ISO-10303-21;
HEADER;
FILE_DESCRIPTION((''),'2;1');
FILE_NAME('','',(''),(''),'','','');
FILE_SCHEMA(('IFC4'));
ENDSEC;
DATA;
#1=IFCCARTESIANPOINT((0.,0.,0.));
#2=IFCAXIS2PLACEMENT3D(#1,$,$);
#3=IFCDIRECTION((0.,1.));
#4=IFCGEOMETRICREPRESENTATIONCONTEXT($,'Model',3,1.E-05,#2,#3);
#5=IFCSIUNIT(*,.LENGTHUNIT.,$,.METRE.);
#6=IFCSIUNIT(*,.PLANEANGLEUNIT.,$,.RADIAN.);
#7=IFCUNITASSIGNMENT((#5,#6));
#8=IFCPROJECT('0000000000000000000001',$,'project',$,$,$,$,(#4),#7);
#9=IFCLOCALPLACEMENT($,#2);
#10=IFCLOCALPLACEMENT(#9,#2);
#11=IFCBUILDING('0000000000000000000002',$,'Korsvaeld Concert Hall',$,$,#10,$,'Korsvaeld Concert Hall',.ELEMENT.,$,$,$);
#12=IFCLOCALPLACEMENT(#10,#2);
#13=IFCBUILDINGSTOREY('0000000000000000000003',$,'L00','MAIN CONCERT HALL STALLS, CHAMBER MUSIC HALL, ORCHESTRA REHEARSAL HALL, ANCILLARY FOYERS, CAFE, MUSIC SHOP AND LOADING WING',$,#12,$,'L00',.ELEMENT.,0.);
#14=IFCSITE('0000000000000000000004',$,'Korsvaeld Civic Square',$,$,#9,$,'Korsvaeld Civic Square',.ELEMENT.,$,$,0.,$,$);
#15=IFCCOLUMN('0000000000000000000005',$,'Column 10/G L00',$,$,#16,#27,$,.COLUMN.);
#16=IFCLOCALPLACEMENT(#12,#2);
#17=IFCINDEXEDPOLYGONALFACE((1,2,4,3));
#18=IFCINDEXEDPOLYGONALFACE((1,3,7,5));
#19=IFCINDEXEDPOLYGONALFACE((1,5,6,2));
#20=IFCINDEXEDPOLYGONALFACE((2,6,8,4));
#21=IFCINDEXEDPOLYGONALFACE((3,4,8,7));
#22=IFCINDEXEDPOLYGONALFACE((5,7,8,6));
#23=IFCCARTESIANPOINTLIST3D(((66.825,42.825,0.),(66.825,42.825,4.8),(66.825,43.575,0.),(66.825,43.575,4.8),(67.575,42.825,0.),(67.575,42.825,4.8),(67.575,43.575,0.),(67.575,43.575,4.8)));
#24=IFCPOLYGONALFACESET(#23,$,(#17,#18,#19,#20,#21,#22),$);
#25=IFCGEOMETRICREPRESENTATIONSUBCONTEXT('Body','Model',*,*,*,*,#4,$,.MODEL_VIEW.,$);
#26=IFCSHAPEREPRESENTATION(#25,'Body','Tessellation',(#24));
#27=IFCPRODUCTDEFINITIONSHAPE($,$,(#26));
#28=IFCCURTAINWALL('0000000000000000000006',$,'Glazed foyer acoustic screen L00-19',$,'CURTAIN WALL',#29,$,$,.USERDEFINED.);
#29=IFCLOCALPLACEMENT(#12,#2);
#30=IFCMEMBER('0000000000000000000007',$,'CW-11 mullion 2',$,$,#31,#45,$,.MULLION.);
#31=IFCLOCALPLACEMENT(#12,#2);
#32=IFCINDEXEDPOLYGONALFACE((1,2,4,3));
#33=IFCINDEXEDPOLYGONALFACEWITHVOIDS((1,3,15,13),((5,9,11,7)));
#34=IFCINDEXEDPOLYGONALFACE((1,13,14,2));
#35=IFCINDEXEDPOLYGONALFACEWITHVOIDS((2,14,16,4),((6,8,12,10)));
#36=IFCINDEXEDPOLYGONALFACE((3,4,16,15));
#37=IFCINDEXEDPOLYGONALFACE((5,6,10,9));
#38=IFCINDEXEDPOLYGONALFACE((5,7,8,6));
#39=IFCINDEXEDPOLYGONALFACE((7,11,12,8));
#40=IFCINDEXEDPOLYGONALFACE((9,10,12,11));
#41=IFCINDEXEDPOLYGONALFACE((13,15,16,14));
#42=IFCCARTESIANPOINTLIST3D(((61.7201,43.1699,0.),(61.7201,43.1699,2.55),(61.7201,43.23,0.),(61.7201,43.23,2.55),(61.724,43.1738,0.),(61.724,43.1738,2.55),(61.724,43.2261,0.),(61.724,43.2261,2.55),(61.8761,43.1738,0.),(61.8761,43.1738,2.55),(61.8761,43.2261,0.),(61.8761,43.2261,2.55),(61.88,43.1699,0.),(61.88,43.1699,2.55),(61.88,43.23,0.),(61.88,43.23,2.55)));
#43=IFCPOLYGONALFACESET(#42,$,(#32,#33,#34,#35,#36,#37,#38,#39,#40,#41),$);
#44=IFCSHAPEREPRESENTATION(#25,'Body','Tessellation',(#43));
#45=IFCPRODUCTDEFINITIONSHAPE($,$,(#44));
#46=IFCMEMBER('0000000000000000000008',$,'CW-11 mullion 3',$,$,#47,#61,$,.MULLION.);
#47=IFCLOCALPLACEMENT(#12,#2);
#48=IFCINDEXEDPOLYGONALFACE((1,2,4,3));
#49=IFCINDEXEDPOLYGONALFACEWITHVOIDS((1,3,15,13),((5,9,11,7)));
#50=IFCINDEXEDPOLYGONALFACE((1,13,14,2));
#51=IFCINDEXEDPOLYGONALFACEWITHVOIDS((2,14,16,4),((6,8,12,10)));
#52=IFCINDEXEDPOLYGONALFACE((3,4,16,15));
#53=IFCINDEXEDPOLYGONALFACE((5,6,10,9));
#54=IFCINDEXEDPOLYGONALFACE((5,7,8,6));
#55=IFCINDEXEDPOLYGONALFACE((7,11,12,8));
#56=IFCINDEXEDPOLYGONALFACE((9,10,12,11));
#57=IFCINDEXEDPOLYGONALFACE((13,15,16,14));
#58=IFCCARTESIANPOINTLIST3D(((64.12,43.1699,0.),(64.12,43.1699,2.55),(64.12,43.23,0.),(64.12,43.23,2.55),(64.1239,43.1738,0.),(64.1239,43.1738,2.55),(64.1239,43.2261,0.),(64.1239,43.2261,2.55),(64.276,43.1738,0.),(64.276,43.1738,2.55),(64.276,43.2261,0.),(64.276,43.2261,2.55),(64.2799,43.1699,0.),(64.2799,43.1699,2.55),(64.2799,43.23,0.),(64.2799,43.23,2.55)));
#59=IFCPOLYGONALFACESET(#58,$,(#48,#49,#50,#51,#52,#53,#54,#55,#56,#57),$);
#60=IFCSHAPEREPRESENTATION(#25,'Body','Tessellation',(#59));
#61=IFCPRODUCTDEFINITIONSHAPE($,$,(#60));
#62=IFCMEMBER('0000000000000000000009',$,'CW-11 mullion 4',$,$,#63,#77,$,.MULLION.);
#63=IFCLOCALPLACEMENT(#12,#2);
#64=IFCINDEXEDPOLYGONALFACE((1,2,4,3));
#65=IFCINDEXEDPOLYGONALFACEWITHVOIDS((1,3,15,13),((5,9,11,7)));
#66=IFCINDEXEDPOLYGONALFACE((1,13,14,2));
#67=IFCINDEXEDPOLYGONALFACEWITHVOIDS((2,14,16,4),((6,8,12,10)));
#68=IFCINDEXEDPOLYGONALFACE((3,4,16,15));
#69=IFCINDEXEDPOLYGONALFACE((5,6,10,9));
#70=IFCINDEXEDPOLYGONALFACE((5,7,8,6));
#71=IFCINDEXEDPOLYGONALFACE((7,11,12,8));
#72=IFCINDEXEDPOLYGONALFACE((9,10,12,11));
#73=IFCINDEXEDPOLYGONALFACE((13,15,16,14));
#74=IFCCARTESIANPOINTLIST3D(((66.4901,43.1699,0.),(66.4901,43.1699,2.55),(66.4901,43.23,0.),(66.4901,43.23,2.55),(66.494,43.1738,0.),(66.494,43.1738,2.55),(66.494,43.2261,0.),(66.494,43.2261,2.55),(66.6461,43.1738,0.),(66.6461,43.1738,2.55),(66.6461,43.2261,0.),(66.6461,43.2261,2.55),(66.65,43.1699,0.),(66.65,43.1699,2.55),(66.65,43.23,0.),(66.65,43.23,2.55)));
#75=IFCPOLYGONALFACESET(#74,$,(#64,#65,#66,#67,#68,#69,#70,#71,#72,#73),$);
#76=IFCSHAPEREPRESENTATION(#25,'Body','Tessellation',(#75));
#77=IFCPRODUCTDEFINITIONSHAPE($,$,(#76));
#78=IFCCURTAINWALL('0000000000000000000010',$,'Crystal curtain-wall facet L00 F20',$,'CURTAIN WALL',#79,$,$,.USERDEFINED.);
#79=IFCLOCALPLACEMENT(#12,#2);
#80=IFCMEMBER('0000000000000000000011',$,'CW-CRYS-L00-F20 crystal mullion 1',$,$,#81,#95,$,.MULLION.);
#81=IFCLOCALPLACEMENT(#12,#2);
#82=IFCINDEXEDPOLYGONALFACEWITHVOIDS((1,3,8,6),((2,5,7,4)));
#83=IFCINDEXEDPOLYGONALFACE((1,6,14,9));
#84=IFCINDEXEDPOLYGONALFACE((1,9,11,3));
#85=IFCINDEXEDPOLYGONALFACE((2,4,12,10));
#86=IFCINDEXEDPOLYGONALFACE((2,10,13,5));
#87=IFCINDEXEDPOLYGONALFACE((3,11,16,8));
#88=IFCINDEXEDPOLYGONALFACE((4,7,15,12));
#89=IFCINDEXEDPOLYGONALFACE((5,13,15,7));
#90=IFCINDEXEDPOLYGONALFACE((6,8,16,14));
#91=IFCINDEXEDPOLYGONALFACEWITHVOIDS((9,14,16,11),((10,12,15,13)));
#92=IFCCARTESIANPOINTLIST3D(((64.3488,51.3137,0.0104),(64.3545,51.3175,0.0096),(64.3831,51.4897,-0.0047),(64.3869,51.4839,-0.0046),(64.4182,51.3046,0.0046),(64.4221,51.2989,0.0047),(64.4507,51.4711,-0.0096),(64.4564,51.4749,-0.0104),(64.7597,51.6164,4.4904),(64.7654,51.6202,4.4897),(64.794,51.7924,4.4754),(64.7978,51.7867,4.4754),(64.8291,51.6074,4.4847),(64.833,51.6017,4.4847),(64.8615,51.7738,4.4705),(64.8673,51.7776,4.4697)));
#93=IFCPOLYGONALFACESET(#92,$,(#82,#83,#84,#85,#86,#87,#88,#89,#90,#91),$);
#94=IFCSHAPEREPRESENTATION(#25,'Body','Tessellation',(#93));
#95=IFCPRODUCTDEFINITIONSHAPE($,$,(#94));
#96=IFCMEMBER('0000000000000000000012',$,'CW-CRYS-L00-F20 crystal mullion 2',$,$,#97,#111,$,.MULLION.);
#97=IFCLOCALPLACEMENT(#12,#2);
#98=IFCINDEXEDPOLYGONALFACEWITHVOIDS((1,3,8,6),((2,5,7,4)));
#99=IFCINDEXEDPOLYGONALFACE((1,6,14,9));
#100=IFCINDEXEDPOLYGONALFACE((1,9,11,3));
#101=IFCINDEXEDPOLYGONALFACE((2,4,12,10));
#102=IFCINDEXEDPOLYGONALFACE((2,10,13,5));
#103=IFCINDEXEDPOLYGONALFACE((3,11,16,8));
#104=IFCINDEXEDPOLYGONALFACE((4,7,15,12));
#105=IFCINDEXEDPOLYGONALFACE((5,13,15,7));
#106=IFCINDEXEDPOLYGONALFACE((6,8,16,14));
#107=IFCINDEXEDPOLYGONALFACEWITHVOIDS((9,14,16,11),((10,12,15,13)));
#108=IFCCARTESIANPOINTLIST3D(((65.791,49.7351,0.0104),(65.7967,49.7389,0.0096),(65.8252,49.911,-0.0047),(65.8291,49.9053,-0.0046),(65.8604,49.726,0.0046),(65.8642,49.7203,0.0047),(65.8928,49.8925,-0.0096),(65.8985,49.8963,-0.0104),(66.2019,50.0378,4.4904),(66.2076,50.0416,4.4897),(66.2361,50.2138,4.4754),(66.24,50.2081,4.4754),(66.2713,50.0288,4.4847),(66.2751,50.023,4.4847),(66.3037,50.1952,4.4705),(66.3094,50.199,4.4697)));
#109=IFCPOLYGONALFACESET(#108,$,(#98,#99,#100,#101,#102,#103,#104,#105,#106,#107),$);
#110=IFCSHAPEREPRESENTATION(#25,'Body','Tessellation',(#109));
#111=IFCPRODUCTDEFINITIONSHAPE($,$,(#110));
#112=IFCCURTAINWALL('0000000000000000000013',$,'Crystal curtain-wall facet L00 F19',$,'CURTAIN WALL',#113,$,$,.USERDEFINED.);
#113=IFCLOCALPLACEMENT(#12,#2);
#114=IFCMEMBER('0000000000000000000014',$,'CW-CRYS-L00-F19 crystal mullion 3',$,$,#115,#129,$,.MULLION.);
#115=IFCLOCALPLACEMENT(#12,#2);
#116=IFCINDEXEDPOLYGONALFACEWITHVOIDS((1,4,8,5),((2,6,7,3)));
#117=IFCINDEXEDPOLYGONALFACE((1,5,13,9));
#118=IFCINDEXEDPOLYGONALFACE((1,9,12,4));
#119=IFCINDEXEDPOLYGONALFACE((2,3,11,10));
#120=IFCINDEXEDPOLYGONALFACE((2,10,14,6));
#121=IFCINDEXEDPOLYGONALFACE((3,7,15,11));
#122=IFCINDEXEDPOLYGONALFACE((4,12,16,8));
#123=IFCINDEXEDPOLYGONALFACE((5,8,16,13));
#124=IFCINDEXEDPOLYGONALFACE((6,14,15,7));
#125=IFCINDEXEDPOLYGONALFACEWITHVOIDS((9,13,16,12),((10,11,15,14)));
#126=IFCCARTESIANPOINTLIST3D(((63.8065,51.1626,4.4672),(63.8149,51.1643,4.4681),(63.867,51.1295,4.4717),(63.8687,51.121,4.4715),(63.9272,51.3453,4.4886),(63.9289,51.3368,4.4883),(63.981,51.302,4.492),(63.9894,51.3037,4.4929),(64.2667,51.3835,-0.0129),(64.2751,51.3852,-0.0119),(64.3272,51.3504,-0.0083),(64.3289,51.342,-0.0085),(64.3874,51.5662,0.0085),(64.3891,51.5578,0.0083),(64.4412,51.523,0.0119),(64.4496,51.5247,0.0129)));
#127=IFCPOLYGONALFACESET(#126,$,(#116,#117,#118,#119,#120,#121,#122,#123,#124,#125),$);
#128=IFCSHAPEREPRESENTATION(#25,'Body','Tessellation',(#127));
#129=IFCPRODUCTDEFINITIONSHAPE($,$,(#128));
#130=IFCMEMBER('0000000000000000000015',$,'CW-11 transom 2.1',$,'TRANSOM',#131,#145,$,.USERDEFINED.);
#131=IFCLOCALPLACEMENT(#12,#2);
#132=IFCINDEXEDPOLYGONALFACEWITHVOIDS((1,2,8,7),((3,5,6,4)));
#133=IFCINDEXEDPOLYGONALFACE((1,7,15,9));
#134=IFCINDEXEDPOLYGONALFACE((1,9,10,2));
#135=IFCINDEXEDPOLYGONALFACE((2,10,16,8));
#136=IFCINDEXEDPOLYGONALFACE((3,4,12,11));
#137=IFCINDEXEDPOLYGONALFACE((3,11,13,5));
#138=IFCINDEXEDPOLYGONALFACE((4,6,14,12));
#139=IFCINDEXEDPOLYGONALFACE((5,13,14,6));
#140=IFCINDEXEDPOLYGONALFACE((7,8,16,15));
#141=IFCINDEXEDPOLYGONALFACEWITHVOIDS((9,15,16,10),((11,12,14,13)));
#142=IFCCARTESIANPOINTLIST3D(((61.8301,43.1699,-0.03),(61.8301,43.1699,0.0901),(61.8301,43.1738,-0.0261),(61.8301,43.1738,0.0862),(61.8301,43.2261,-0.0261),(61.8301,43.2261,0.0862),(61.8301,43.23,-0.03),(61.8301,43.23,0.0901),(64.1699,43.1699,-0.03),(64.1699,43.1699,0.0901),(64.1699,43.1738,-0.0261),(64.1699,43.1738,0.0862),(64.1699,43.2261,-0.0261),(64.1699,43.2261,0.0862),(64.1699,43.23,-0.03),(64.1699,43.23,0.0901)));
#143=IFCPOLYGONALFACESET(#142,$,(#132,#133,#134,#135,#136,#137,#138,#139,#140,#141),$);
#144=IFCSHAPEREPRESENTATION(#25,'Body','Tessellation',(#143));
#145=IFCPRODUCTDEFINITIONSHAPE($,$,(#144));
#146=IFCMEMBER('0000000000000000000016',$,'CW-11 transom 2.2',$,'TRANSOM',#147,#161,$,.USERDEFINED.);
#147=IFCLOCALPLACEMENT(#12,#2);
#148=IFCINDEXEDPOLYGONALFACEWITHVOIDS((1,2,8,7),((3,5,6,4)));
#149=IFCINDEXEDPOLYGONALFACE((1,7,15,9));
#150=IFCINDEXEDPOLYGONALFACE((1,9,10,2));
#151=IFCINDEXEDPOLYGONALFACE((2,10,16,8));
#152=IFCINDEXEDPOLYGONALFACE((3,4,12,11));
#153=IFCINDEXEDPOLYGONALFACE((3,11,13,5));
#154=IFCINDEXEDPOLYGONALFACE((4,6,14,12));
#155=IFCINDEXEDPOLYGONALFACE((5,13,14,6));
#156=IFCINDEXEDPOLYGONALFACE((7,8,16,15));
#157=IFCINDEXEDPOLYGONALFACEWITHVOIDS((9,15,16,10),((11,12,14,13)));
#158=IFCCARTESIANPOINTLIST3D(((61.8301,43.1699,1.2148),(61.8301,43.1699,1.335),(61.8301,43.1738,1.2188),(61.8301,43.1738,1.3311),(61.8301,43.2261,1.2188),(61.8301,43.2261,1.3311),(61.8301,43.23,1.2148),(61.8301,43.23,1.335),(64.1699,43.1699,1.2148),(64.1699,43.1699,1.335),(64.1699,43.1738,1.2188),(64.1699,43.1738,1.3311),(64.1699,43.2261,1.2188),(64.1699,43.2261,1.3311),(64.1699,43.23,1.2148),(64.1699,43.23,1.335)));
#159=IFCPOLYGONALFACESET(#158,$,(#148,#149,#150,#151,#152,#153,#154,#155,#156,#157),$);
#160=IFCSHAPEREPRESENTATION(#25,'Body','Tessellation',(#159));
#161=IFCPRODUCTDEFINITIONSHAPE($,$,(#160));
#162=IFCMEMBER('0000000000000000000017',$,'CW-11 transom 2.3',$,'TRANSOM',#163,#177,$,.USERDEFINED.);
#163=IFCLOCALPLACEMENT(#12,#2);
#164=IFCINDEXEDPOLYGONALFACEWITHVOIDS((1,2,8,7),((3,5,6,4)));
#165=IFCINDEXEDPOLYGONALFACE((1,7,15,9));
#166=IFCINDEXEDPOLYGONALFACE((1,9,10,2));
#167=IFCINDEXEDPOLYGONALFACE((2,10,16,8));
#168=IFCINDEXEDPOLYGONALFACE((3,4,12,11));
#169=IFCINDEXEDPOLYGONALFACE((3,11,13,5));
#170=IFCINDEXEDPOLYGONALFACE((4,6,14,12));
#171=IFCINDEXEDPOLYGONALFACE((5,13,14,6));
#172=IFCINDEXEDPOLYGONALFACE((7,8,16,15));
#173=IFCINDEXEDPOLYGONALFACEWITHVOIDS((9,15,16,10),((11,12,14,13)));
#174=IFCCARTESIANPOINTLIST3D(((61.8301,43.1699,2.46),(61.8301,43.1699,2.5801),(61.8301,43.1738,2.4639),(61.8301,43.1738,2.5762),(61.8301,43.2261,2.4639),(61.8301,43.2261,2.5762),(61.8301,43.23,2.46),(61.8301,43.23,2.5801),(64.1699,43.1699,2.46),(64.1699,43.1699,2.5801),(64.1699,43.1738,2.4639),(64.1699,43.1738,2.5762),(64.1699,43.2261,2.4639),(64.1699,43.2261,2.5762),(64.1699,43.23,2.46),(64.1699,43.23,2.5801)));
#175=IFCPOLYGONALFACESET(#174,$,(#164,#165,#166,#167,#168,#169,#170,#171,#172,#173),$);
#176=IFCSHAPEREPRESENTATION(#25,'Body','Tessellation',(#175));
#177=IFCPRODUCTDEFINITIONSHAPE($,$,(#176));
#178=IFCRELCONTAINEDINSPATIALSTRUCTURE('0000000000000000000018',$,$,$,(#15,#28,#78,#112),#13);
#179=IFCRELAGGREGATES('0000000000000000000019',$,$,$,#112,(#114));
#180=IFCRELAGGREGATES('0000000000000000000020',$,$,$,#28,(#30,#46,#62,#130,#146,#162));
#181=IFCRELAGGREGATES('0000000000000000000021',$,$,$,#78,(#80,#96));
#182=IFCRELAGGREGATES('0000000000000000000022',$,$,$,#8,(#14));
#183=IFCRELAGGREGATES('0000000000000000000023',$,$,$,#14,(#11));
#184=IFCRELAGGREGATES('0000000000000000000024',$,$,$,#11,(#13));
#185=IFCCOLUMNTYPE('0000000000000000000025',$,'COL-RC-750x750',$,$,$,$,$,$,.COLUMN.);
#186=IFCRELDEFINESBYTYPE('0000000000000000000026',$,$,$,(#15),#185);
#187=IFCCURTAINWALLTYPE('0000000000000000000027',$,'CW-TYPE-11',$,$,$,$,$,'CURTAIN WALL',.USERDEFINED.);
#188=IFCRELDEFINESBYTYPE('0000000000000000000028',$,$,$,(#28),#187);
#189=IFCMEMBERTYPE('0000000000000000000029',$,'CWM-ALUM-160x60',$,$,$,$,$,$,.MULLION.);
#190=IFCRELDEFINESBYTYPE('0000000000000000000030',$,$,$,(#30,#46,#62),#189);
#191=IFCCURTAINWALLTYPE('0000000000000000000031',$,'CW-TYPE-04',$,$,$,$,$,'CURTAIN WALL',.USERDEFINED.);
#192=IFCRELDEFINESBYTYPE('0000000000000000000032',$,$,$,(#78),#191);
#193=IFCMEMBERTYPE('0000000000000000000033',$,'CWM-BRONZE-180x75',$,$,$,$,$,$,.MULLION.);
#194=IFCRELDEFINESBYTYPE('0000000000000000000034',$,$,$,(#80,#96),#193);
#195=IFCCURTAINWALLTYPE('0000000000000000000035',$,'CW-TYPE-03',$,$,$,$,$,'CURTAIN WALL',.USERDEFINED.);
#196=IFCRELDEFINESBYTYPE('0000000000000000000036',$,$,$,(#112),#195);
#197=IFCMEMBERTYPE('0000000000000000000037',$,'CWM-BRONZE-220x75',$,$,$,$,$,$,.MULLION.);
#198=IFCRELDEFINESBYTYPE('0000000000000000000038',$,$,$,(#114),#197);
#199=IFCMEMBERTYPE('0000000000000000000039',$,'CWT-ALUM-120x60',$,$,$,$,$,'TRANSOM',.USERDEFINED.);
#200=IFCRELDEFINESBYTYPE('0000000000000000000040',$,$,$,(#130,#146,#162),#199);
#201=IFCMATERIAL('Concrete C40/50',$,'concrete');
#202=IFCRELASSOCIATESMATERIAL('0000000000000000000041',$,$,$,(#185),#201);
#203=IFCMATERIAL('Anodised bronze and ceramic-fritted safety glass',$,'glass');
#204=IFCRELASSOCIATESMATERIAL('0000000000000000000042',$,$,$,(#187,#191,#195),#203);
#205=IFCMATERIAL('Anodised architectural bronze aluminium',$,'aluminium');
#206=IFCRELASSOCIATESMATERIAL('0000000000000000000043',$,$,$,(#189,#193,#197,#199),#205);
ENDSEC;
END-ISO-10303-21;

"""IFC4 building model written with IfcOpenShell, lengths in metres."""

from ifc_helpers import new_model, si_unit, direction, frame, origin, origin_2d, place, context, subcontext, project, spatial, rectangle, hollow_rectangle, extrude, material, material_profile, profile_set, type_object, element, aggregate, save


model = new_model("IFC4")

# Units and contexts
model_context = context("Model", 3, precision=1e-05, world=origin(), true_north=direction((0.0, 1.0)))
body_context = subcontext(model_context, "Body", "Model", "MODEL_VIEW")
ifc_project = project(units=[si_unit("LENGTHUNIT", "METRE"), si_unit("PLANEANGLEUNIT", "RADIAN")], contexts=[model_context])

# Site, building, storey
site_placement = place(None, origin())
site = spatial("IfcSite", under=ifc_project, at=site_placement, Name="Korsvaeld Civic Square", LongName="Korsvaeld Civic Square", CompositionType="ELEMENT", RefElevation=0.0)
building_placement = place(site_placement, origin())
building = spatial("IfcBuilding", under=site, at=building_placement, Name="Korsvaeld Concert Hall", LongName="Korsvaeld Concert Hall", CompositionType="ELEMENT")
storey_placement = place(building_placement, origin())
storey = spatial("IfcBuildingStorey", under=building, at=storey_placement, Name="L00", Description="MAIN CONCERT HALL STALLS, CHAMBER MUSIC HALL, ORCHESTRA REHEARSAL HALL, ANCILLARY FOYERS, CAFE, MUSIC SHOP AND LOADING WING", LongName="L00", CompositionType="ELEMENT", Elevation=0.0)

# Column
ifc_material_1 = material(Name="Concrete C40/50", Category="concrete")
ifc_material_profile_1 = material_profile(ifc_material_1, rectangle(XDim=0.75, YDim=0.75, at=origin_2d()), Name="RC 750x750")
ifc_profile_set_1 = profile_set([ifc_material_profile_1], Name="Concrete C40/50")
column_type = type_object("IfcColumnType", Name="COL-RC-750x750", PredefinedType="COLUMN", material=ifc_profile_set_1)
column_placement = place(storey_placement, frame((67.2, 43.2, 0.0), z_axis=(0.0, 0.0, 1.0), x_axis=(1.0, 0.0, 0.0)))
element("IfcColumn", 1, at=column_placement, inside=storey, type_object=column_type, Name="Column 10/G L00", PredefinedType="COLUMN", context=body_context, shape_type="SweptSolid", body=[
    extrude(rectangle(XDim=0.75, YDim=0.75, at=origin_2d()), origin(), (0.0, 0.0, 1.0), 4.8),
])

# Curtain walls, members
ifc_material_2 = material(Name="Anodised bronze and ceramic-fritted safety glass", Category="glass")
curtain_wall_type_1 = type_object("IfcCurtainWallType", Name="CW-TYPE-11", ElementType="CURTAIN WALL", PredefinedType="USERDEFINED", material=ifc_material_2)
curtain_wall_1_placement = place(storey_placement, origin())
curtain_wall_1 = element("IfcCurtainWall", 2, at=curtain_wall_1_placement, inside=storey, type_object=curtain_wall_type_1, Name="Glazed foyer acoustic screen L00-19", ObjectType="CURTAIN WALL", PredefinedType="USERDEFINED")
ifc_material_3 = material(Name="Anodised architectural bronze aluminium", Category="aluminium")
ifc_material_profile_2 = material_profile(ifc_material_3, hollow_rectangle(XDim=0.0601, YDim=0.1599, WallThickness=0.0039, at=origin_2d()), Name="CWM 160x60x4")
ifc_profile_set_2 = profile_set([ifc_material_profile_2], Name="Anodised architectural bronze aluminium")
member_type_1 = type_object("IfcMemberType", Name="CWM-ALUM-160x60", PredefinedType="MULLION", material=ifc_profile_set_2)
member_1_placement = place(storey_placement, frame((61.8, 43.2, 0.0), z_axis=(0.0, 0.0, 1.0), x_axis=(0.0, 1.0, 0.0)))
member_1 = element("IfcMember", 3, at=member_1_placement, type_object=member_type_1, Name="CW-11 mullion 2", PredefinedType="MULLION", context=body_context, shape_type="SweptSolid", body=[
    extrude(hollow_rectangle(XDim=0.0601, YDim=0.1599, WallThickness=0.0039, at=origin_2d()), origin(), (0.0, 0.0, 1.0), 2.55),
])
member_2_placement = place(storey_placement, frame((64.2, 43.2, 0.0), z_axis=(0.0, 0.0, 1.0), x_axis=(0.0, 1.0, 0.0)))
member_2 = element("IfcMember", 4, at=member_2_placement, type_object=member_type_1, Name="CW-11 mullion 3", PredefinedType="MULLION", context=body_context, shape_type="SweptSolid", body=[
    extrude(hollow_rectangle(XDim=0.0601, YDim=0.1599, WallThickness=0.0039, at=origin_2d()), origin(), (0.0, 0.0, 1.0), 2.55),
])
member_3_placement = place(storey_placement, frame((66.5701, 43.2, 0.0), z_axis=(0.0, 0.0, 1.0), x_axis=(0.0, 1.0, 0.0)))
member_3 = element("IfcMember", 5, at=member_3_placement, type_object=member_type_1, Name="CW-11 mullion 4", PredefinedType="MULLION", context=body_context, shape_type="SweptSolid", body=[
    extrude(hollow_rectangle(XDim=0.0601, YDim=0.1599, WallThickness=0.0039, at=origin_2d()), origin(), (0.0, 0.0, 1.0), 2.55),
])
curtain_wall_type_2 = type_object("IfcCurtainWallType", Name="CW-TYPE-04", ElementType="CURTAIN WALL", PredefinedType="USERDEFINED", material=ifc_material_2)
curtain_wall_2_placement = place(storey_placement, origin())
curtain_wall_2 = element("IfcCurtainWall", 6, at=curtain_wall_2_placement, inside=storey, type_object=curtain_wall_type_2, Name="Crystal curtain-wall facet L00 F20", ObjectType="CURTAIN WALL", PredefinedType="USERDEFINED")
ifc_material_profile_3 = material_profile(ifc_material_3, hollow_rectangle(XDim=0.075, YDim=0.1799, WallThickness=0.0049, at=origin_2d()), Name="CWM 180x75x5")
ifc_profile_set_3 = profile_set([ifc_material_profile_3], Name="Anodised architectural bronze aluminium")
member_type_2 = type_object("IfcMemberType", Name="CWM-BRONZE-180x75", PredefinedType="MULLION", material=ifc_profile_set_3)
member_4_placement = place(storey_placement, frame((64.4026, 51.3943, 0.0), z_axis=(0.091127, 0.067141, 0.993573), x_axis=(-0.977454, 0.196865, 0.076346)))
member_4 = element("IfcMember", 7, at=member_4_placement, type_object=member_type_2, Name="CW-CRYS-L00-F20 crystal mullion 1", PredefinedType="MULLION", context=body_context, shape_type="SweptSolid", body=[
    extrude(hollow_rectangle(XDim=0.075, YDim=0.1799, WallThickness=0.0049, at=origin_2d()), origin(), (0.0, 0.0, 1.0), 4.509),
])
member_5_placement = place(storey_placement, frame((65.8447, 49.8157, 0.0), z_axis=(0.091127, 0.067141, 0.993573), x_axis=(-0.977454, 0.196865, 0.076346)))
member_5 = element("IfcMember", 8, at=member_5_placement, type_object=member_type_2, Name="CW-CRYS-L00-F20 crystal mullion 2", PredefinedType="MULLION", context=body_context, shape_type="SweptSolid", body=[
    extrude(hollow_rectangle(XDim=0.075, YDim=0.1799, WallThickness=0.0049, at=origin_2d()), origin(), (0.0, 0.0, 1.0), 4.509),
])

# Curtain wall, member
curtain_wall_type_3 = type_object("IfcCurtainWallType", Name="CW-TYPE-03", ElementType="CURTAIN WALL", PredefinedType="USERDEFINED", material=ifc_material_2)
curtain_wall_3_placement = place(storey_placement, origin())
curtain_wall_3 = element("IfcCurtainWall", 9, at=curtain_wall_3_placement, inside=storey, type_object=curtain_wall_type_3, Name="Crystal curtain-wall facet L00 F19", ObjectType="CURTAIN WALL", PredefinedType="USERDEFINED")
ifc_material_profile_4 = material_profile(ifc_material_3, hollow_rectangle(XDim=0.075, YDim=0.22, WallThickness=0.0061, at=origin_2d()), Name="CWM 220x75x6")
ifc_profile_set_4 = profile_set([ifc_material_profile_4], Name="Anodised architectural bronze aluminium")
member_type_3 = type_object("IfcMemberType", Name="CWM-BRONZE-220x75", PredefinedType="MULLION", material=ifc_profile_set_4)
member_6_placement = place(storey_placement, frame((64.3582, 51.4541, 0.0), z_axis=(-0.102064, -0.049002, 0.99357), x_axis=(0.829955, -0.554817, 0.057894)))
member_6 = element("IfcMember", 10, at=member_6_placement, type_object=member_type_3, Name="CW-CRYS-L00-F19 crystal mullion 3", PredefinedType="MULLION", context=body_context, shape_type="SweptSolid", body=[
    extrude(hollow_rectangle(XDim=0.075, YDim=0.22, WallThickness=0.0061, at=origin_2d()), origin(), (0.0, 0.0, 1.0), 4.509),
])
aggregate(curtain_wall_3, [member_6])

# Members
ifc_material_profile_5 = material_profile(ifc_material_3, hollow_rectangle(XDim=0.0601, YDim=0.1201, WallThickness=0.0039, at=origin_2d()), Name="CWT 120x60x4")
ifc_profile_set_5 = profile_set([ifc_material_profile_5], Name="Anodised architectural bronze aluminium")
member_type_4 = type_object("IfcMemberType", Name="CWT-ALUM-120x60", ElementType="TRANSOM", PredefinedType="USERDEFINED", material=ifc_profile_set_5)
member_7_placement = place(storey_placement, frame((61.8301, 43.2, 0.03), z_axis=(1.0, 0.0, 0.0), x_axis=(0.0, 1.0, 0.0)))
member_7 = element("IfcMember", 11, at=member_7_placement, type_object=member_type_4, Name="CW-11 transom 2.1", ObjectType="TRANSOM", PredefinedType="USERDEFINED", context=body_context, shape_type="SweptSolid", body=[
    extrude(hollow_rectangle(XDim=0.0601, YDim=0.1201, WallThickness=0.0039, at=origin_2d()), origin(), (0.0, 0.0, 1.0), 2.3398),
])
member_8_placement = place(storey_placement, frame((61.8301, 43.2, 1.2749), z_axis=(1.0, 0.0, 0.0), x_axis=(0.0, 1.0, 0.0)))
member_8 = element("IfcMember", 12, at=member_8_placement, type_object=member_type_4, Name="CW-11 transom 2.2", ObjectType="TRANSOM", PredefinedType="USERDEFINED", context=body_context, shape_type="SweptSolid", body=[
    extrude(hollow_rectangle(XDim=0.0601, YDim=0.1201, WallThickness=0.0039, at=origin_2d()), origin(), (0.0, 0.0, 1.0), 2.3398),
])
member_9_placement = place(storey_placement, frame((61.8301, 43.2, 2.52), z_axis=(1.0, 0.0, 0.0), x_axis=(0.0, 1.0, 0.0)))
member_9 = element("IfcMember", 13, at=member_9_placement, type_object=member_type_4, Name="CW-11 transom 2.3", ObjectType="TRANSOM", PredefinedType="USERDEFINED", context=body_context, shape_type="SweptSolid", body=[
    extrude(hollow_rectangle(XDim=0.0601, YDim=0.1201, WallThickness=0.0039, at=origin_2d()), origin(), (0.0, 0.0, 1.0), 2.3398),
])

aggregate(curtain_wall_1, [member_1, member_2, member_3, member_7, member_8, member_9])
aggregate(curtain_wall_2, [member_4, member_5])

save(model, "model.ifc")
